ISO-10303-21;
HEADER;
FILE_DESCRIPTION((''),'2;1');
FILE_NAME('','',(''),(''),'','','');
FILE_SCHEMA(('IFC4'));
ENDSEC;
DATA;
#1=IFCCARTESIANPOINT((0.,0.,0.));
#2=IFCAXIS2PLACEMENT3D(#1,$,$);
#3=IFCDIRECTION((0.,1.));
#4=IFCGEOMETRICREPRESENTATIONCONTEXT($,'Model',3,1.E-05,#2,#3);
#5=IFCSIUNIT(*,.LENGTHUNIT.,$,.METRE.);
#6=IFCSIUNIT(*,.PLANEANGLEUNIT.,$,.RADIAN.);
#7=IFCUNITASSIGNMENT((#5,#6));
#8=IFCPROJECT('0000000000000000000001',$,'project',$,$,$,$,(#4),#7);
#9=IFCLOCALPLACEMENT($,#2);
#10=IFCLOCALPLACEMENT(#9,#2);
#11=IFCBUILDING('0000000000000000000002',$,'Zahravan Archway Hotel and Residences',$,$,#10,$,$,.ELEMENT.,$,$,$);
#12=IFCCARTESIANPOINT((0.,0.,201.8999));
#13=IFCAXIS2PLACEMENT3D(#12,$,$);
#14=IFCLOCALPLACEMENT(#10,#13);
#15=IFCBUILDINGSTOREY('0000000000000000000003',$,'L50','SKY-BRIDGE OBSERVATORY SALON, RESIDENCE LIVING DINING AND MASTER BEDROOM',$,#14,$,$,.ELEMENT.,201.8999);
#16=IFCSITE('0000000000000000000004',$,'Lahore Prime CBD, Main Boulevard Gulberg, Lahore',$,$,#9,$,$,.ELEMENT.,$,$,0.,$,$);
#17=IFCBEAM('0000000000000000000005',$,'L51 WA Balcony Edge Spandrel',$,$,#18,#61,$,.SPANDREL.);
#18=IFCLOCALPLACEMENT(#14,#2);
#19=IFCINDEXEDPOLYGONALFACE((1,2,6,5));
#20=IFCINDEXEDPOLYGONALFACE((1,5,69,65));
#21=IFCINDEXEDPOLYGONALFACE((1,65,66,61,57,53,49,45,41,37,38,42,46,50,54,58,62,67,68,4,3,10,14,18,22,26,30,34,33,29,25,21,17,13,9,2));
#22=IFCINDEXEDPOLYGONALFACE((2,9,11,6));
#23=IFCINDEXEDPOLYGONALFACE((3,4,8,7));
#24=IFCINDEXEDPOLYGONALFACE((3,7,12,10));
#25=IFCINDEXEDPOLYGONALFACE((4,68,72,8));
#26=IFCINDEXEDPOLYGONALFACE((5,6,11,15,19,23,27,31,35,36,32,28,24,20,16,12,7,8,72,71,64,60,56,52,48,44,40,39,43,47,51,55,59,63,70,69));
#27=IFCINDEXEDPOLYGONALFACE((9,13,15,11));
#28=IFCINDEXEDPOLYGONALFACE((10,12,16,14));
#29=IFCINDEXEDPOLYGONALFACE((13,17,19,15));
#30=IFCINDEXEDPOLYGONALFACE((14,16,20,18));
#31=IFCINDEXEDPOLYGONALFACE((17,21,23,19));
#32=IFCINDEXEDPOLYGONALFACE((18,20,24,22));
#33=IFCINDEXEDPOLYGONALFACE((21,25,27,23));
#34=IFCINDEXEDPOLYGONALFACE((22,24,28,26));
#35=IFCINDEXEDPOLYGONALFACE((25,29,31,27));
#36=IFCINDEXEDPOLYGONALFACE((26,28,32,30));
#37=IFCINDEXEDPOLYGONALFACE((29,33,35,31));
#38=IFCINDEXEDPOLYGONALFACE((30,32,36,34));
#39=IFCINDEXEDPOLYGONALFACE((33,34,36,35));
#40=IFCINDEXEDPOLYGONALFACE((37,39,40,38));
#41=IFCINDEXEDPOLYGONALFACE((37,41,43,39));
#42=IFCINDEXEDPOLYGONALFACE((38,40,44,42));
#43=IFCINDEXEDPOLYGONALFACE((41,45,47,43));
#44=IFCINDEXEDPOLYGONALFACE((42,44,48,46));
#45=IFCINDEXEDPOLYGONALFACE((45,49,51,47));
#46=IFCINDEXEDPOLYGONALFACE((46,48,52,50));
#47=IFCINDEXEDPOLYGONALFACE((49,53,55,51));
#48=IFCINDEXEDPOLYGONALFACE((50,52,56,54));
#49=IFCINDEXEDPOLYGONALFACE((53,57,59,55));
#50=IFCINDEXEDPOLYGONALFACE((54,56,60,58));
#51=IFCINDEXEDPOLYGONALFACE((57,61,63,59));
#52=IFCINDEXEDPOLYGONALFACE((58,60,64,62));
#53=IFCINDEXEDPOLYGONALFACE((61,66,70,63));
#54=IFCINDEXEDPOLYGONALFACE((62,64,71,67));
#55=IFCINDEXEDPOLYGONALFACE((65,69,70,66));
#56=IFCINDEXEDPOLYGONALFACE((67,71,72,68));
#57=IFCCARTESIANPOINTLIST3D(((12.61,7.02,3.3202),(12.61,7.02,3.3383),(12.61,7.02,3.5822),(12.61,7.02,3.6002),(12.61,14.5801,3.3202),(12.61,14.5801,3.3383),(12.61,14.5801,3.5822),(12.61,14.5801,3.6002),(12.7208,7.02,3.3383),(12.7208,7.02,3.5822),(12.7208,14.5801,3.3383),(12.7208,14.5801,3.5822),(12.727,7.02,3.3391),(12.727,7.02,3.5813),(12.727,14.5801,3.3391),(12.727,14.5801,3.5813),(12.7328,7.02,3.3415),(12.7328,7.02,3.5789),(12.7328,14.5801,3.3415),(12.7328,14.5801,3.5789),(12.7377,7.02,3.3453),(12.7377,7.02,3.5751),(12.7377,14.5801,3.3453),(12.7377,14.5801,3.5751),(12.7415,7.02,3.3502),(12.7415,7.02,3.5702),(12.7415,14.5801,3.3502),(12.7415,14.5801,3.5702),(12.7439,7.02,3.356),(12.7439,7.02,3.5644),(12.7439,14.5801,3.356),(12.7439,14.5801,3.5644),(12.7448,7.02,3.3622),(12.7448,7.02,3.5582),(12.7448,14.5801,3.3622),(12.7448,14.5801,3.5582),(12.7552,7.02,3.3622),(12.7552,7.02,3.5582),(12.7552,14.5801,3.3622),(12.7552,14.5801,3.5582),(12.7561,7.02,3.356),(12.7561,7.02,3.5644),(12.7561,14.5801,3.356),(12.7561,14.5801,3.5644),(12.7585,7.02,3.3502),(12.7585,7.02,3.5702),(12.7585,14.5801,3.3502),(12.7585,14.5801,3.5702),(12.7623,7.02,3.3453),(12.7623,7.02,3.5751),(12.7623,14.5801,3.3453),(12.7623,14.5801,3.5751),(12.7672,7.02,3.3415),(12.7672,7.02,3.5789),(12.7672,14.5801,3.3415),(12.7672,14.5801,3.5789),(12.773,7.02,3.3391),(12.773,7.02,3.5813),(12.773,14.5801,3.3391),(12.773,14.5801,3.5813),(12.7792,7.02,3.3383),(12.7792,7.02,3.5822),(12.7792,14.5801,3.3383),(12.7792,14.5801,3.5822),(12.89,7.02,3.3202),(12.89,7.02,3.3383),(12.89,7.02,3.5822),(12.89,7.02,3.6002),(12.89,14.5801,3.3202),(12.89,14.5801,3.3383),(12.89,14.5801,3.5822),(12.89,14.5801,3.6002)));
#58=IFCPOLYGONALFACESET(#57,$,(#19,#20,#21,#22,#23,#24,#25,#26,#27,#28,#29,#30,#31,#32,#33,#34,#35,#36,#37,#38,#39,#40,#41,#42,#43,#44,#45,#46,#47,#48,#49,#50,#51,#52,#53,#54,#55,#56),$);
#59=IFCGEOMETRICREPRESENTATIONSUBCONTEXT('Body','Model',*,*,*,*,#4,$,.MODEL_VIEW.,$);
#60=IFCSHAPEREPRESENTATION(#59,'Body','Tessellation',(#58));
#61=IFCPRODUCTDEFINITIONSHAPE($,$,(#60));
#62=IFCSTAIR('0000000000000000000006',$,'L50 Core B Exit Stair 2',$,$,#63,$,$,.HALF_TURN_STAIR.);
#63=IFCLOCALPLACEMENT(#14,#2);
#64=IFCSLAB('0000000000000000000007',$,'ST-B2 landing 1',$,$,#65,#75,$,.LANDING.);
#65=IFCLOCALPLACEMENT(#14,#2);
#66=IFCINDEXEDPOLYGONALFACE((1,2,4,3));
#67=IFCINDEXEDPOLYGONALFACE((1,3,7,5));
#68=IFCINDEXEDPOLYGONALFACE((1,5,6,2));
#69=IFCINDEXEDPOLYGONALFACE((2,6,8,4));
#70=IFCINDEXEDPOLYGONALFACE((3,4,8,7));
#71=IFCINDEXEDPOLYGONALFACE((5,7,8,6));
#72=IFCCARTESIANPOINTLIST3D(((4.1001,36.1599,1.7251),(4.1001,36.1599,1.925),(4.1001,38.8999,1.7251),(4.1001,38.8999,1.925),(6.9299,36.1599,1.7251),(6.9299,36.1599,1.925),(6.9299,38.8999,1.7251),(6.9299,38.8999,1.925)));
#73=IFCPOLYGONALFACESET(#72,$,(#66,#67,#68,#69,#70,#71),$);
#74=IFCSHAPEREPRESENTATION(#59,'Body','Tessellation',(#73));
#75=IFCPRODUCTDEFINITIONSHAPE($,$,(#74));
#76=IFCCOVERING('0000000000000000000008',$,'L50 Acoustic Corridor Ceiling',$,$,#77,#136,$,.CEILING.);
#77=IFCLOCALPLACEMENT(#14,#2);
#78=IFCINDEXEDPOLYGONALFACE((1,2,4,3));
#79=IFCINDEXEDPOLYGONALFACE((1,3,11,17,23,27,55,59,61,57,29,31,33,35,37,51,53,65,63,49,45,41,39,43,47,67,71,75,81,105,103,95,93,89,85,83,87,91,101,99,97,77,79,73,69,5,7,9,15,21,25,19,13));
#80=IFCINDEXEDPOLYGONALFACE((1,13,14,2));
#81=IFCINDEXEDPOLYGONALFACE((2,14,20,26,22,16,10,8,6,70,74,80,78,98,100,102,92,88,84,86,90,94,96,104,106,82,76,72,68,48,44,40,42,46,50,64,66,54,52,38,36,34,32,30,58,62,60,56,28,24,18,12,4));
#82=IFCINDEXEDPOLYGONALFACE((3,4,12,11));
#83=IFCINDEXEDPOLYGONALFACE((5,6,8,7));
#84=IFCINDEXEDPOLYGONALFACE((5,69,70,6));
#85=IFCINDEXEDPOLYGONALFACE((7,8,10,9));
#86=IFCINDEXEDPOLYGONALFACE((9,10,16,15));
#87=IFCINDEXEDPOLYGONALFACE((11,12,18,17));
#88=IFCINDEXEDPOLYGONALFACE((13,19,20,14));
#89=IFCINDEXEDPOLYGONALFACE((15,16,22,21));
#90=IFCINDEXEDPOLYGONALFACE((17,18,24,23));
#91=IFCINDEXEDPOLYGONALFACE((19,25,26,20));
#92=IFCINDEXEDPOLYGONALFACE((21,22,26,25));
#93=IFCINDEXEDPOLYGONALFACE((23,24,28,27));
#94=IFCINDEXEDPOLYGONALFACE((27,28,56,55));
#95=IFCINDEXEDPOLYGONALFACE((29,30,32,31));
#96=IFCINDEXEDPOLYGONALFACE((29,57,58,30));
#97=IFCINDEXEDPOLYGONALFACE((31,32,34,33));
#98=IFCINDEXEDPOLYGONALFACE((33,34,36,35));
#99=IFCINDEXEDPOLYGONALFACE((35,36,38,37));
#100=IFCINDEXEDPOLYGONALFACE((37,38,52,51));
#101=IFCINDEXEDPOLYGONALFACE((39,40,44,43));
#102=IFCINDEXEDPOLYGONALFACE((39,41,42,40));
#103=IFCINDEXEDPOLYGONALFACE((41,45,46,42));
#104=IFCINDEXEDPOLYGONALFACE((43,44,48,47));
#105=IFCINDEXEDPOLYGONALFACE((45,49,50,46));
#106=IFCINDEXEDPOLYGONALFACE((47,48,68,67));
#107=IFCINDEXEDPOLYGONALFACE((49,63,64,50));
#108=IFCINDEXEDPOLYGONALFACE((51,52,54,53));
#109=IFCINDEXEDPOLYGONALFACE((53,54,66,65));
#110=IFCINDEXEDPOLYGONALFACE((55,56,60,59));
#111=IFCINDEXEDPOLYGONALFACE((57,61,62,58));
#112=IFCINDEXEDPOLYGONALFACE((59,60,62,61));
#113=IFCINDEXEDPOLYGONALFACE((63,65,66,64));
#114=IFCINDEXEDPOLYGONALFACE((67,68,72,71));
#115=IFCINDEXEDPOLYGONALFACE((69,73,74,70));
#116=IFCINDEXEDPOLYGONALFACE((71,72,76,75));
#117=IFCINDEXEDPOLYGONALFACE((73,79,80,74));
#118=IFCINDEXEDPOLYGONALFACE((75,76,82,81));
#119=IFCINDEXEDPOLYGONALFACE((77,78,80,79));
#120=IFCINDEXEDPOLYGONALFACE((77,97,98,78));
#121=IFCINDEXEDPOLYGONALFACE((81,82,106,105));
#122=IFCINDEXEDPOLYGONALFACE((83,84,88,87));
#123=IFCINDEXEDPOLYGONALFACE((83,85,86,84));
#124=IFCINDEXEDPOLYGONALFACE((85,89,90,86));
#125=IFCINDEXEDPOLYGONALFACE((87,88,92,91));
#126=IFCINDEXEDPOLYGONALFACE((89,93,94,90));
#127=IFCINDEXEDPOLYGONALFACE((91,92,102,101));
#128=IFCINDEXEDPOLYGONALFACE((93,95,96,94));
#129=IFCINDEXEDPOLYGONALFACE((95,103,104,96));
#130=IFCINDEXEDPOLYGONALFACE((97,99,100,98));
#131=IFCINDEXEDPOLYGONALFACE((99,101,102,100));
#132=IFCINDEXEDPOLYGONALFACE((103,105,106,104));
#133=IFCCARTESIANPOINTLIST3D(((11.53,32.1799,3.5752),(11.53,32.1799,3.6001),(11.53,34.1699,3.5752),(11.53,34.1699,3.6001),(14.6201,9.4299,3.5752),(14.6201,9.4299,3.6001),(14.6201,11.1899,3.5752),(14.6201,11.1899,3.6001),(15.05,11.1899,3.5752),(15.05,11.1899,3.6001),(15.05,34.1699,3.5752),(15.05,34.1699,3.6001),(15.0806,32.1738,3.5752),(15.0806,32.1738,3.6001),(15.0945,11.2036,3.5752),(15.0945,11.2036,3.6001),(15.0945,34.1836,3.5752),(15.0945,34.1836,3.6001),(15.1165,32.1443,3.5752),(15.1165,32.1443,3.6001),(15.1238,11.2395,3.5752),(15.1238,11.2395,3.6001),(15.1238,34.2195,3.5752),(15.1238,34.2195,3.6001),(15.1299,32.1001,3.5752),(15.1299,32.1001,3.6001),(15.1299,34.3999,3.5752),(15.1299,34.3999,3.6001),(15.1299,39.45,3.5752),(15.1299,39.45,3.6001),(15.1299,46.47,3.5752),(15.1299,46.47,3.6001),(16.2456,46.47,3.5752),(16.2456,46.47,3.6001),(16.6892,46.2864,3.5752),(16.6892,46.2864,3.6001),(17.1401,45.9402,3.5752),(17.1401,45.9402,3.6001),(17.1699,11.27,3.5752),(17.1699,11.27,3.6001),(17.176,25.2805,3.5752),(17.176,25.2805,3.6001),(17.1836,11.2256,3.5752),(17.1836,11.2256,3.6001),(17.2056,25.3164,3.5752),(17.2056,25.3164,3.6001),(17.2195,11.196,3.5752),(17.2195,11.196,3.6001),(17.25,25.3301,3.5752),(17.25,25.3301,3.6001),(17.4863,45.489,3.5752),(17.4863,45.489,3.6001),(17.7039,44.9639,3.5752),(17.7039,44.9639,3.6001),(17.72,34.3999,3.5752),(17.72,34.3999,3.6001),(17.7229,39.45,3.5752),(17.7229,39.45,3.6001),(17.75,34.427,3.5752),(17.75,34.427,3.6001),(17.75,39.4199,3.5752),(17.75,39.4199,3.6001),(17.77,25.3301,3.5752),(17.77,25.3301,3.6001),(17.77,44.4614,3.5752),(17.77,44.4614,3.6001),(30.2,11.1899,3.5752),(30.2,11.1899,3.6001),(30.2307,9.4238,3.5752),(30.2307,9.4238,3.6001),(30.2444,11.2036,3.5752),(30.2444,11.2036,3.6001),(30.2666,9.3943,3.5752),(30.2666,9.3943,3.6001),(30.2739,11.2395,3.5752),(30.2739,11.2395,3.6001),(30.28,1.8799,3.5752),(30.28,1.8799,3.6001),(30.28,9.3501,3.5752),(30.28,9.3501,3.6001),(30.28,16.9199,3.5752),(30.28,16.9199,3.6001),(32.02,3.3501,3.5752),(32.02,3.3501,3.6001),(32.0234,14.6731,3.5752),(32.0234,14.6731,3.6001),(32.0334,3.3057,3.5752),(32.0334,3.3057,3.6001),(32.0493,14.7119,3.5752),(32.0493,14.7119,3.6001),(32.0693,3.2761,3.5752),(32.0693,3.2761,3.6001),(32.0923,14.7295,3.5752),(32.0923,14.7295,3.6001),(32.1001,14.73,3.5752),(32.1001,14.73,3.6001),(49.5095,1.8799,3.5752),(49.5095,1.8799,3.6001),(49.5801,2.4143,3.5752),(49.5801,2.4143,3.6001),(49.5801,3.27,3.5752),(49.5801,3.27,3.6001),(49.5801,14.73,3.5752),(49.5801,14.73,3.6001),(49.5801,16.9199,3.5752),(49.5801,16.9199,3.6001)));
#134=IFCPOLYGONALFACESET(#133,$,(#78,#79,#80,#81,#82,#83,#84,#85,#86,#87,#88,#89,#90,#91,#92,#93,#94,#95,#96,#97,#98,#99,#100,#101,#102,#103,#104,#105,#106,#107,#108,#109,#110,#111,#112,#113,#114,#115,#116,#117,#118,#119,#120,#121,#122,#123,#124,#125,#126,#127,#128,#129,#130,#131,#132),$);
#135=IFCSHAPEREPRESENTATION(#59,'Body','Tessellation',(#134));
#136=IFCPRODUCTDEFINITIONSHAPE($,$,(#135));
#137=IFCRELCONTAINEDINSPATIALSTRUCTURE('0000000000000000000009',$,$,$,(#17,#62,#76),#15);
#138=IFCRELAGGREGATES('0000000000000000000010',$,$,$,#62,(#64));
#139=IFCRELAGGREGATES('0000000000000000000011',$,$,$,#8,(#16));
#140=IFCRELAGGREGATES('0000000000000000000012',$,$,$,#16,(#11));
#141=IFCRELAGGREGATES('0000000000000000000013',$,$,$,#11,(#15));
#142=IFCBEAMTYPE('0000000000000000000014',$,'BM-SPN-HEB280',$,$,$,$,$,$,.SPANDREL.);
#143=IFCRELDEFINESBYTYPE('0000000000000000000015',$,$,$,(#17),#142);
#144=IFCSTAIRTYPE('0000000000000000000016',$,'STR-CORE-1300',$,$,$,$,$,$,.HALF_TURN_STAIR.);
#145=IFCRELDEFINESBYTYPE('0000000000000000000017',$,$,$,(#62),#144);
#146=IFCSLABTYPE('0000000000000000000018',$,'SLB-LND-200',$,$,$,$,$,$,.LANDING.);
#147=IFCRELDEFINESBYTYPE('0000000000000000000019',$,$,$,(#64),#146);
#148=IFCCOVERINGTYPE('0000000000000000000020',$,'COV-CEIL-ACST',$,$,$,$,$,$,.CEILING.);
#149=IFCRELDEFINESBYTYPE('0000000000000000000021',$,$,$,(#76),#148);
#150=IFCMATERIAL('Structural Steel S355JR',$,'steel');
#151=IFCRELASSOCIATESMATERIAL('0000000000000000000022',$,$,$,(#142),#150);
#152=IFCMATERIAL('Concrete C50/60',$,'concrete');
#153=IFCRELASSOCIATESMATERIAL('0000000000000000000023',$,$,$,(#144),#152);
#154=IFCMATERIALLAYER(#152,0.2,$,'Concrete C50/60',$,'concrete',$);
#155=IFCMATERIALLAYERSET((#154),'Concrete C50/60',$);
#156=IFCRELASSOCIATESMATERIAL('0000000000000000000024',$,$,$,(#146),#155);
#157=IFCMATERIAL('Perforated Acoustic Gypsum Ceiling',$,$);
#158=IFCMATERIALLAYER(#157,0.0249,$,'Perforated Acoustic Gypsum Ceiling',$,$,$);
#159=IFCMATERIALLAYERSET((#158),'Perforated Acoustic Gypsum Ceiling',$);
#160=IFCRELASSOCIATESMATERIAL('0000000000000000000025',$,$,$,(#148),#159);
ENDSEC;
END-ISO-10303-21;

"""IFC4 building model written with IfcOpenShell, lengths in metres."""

from ifc_helpers import new_model, si_unit, direction, frame, origin, origin_2d, place, context, subcontext, project, spatial, polyline, i_section, outline, extrude, source, transform, mapped, material, layer, layer_set, material_profile, profile_set, type_object, type_shapes, element, aggregate, save


model = new_model("IFC4")

# Units and contexts
model_context = context("Model", 3, precision=1e-05, world=origin(), true_north=direction((0.0, 1.0)))
body_context = subcontext(model_context, "Body", "Model", "MODEL_VIEW")
ifc_project = project(units=[si_unit("LENGTHUNIT", "METRE"), si_unit("PLANEANGLEUNIT", "RADIAN")], contexts=[model_context])

# Site, building, storey
site_placement = place(None, origin())
site = spatial("IfcSite", under=ifc_project, at=site_placement, Name="Lahore Prime CBD, Main Boulevard Gulberg, Lahore", CompositionType="ELEMENT", RefElevation=0.0)
building_placement = place(site_placement, origin())
building = spatial("IfcBuilding", under=site, at=building_placement, Name="Zahravan Archway Hotel and Residences", CompositionType="ELEMENT")
storey_placement = place(building_placement, frame((0.0, 0.0, 201.8999)))
storey = spatial("IfcBuildingStorey", under=building, at=storey_placement, Name="L50", Description="SKY-BRIDGE OBSERVATORY SALON, RESIDENCE LIVING DINING AND MASTER BEDROOM", CompositionType="ELEMENT", Elevation=201.8999)

# Beam
ifc_material_1 = material(Name="Structural Steel S355JR", Category="steel")
ifc_material_profile = material_profile(ifc_material_1, i_section(OverallWidth=0.28, OverallDepth=0.28, WebThickness=0.0105, FlangeThickness=0.0181, FilletRadius=0.0239, at=origin_2d()), Name="HEB 280", Category="steel")
ifc_profile_set = profile_set([ifc_material_profile], Name="Structural Steel S355JR")
beam_type = type_object("IfcBeamType", Name="BM-SPN-HEB280", PredefinedType="SPANDREL", material=ifc_profile_set)
shared_shape = source(origin(), body_context, "Body", "SweptSolid", [
    extrude(i_section(OverallWidth=0.28, OverallDepth=0.28, WebThickness=0.0105, FlangeThickness=0.0181, FilletRadius=0.0239, at=origin_2d()), origin(), (0.0, 0.0, 1.0), 7.5601),
])
type_shapes(beam_type, [shared_shape])
beam_placement = place(storey_placement, frame((12.75, 7.02, 3.4602), z_axis=(0.0, 1.0, 0.0), x_axis=(-1.0, 0.0, 0.0)))
element("IfcBeam", 1, at=beam_placement, inside=storey, type_object=beam_type, Name="L51 WA Balcony Edge Spandrel", PredefinedType="SPANDREL", context=body_context, shape_type="MappedRepresentation", body=[
    mapped(shared_shape, transform((0.0, 0.0, 0.0), scale=1.0)),
])

# Stair, slab
ifc_material_2 = material(Name="Concrete C50/60", Category="concrete")
stair_type = type_object("IfcStairType", Name="STR-CORE-1300", PredefinedType="HALF_TURN_STAIR", material=ifc_material_2)
stair_placement = place(storey_placement, origin())
stair = element("IfcStair", 2, at=stair_placement, inside=storey, type_object=stair_type, Name="L50 Core B Exit Stair 2", PredefinedType="HALF_TURN_STAIR")
ifc_layer_1 = layer(ifc_material_2, 0.2, Name="Concrete C50/60", Category="concrete")
ifc_layer_set_1 = layer_set([ifc_layer_1], Name="Concrete C50/60")
slab_type = type_object("IfcSlabType", Name="SLB-LND-200", PredefinedType="LANDING", material=ifc_layer_set_1)
slab_placement = place(storey_placement, frame((0.0, 0.0, 1.7251)))
slab = element("IfcSlab", 3, at=slab_placement, type_object=slab_type, Name="ST-B2 landing 1", PredefinedType="LANDING", context=body_context, shape_type="SweptSolid", body=[
    extrude(outline(polyline([(6.9299, 38.8999), (4.1001, 38.8999), (4.1001, 36.1599), (6.9299, 36.1599), (6.9299, 38.8999)])), origin(), (0.0, 0.0, 1.0), 0.2),
])
aggregate(stair, [slab])

# Covering
ifc_material_3 = material(Name="Perforated Acoustic Gypsum Ceiling")
ifc_layer_2 = layer(ifc_material_3, 0.0249, Name="Perforated Acoustic Gypsum Ceiling")
ifc_layer_set_2 = layer_set([ifc_layer_2], Name="Perforated Acoustic Gypsum Ceiling")
covering_type_1 = type_object("IfcCoveringType", Name="COV-CEIL-ACST", PredefinedType="CEILING", material=ifc_layer_set_2)
covering_1_placement = place(storey_placement, frame((0.0, 0.0, 3.5752)))
element("IfcCovering", 4, at=covering_1_placement, inside=storey, type_object=covering_type_1, Name="L50 Acoustic Corridor Ceiling", PredefinedType="CEILING", context=body_context, shape_type="SweptSolid", body=[
    extrude(outline(polyline([(32.0923, 14.7295), (32.0493, 14.7119), (32.0234, 14.6731), (32.02, 3.3501), (32.0334, 3.3057), (32.0693, 3.2761), (49.5801, 3.27), (49.5801, 2.4143), (49.5095, 1.8799), (30.28, 1.8799), (30.28, 9.3501), (30.2666, 9.3943), (30.2307, 9.4238), (14.6201, 9.4299), (14.6201, 11.1899), (15.05, 11.1899), (15.0945, 11.2036), (15.1238, 11.2395), (15.1299, 32.1001), (15.1165, 32.1443), (15.0806, 32.1738), (11.53, 32.1799), (11.53, 34.1699), (15.05, 34.1699), (15.0945, 34.1836), (15.1238, 34.2195), (15.1299, 34.3999), (17.72, 34.3999), (17.75, 34.427), (17.75, 39.4199), (17.7229, 39.45), (15.1299, 39.45), (15.1299, 46.47), (16.2456, 46.47), (16.6892, 46.2864), (17.1401, 45.9402), (17.4863, 45.489), (17.7039, 44.9639), (17.77, 44.4614), (17.77, 25.3301), (17.25, 25.3301), (17.2056, 25.3164), (17.176, 25.2805), (17.1699, 11.27), (17.1836, 11.2256), (17.2195, 11.196), (30.2, 11.1899), (30.2444, 11.2036), (30.2739, 11.2395), (30.28, 16.9199), (49.5801, 16.9199), (49.5801, 14.73), (32.1001, 14.73), (32.0923, 14.7295)])), origin(), (0.0, 0.0, 1.0), 0.0249),
])

save(model, "model.ifc")
